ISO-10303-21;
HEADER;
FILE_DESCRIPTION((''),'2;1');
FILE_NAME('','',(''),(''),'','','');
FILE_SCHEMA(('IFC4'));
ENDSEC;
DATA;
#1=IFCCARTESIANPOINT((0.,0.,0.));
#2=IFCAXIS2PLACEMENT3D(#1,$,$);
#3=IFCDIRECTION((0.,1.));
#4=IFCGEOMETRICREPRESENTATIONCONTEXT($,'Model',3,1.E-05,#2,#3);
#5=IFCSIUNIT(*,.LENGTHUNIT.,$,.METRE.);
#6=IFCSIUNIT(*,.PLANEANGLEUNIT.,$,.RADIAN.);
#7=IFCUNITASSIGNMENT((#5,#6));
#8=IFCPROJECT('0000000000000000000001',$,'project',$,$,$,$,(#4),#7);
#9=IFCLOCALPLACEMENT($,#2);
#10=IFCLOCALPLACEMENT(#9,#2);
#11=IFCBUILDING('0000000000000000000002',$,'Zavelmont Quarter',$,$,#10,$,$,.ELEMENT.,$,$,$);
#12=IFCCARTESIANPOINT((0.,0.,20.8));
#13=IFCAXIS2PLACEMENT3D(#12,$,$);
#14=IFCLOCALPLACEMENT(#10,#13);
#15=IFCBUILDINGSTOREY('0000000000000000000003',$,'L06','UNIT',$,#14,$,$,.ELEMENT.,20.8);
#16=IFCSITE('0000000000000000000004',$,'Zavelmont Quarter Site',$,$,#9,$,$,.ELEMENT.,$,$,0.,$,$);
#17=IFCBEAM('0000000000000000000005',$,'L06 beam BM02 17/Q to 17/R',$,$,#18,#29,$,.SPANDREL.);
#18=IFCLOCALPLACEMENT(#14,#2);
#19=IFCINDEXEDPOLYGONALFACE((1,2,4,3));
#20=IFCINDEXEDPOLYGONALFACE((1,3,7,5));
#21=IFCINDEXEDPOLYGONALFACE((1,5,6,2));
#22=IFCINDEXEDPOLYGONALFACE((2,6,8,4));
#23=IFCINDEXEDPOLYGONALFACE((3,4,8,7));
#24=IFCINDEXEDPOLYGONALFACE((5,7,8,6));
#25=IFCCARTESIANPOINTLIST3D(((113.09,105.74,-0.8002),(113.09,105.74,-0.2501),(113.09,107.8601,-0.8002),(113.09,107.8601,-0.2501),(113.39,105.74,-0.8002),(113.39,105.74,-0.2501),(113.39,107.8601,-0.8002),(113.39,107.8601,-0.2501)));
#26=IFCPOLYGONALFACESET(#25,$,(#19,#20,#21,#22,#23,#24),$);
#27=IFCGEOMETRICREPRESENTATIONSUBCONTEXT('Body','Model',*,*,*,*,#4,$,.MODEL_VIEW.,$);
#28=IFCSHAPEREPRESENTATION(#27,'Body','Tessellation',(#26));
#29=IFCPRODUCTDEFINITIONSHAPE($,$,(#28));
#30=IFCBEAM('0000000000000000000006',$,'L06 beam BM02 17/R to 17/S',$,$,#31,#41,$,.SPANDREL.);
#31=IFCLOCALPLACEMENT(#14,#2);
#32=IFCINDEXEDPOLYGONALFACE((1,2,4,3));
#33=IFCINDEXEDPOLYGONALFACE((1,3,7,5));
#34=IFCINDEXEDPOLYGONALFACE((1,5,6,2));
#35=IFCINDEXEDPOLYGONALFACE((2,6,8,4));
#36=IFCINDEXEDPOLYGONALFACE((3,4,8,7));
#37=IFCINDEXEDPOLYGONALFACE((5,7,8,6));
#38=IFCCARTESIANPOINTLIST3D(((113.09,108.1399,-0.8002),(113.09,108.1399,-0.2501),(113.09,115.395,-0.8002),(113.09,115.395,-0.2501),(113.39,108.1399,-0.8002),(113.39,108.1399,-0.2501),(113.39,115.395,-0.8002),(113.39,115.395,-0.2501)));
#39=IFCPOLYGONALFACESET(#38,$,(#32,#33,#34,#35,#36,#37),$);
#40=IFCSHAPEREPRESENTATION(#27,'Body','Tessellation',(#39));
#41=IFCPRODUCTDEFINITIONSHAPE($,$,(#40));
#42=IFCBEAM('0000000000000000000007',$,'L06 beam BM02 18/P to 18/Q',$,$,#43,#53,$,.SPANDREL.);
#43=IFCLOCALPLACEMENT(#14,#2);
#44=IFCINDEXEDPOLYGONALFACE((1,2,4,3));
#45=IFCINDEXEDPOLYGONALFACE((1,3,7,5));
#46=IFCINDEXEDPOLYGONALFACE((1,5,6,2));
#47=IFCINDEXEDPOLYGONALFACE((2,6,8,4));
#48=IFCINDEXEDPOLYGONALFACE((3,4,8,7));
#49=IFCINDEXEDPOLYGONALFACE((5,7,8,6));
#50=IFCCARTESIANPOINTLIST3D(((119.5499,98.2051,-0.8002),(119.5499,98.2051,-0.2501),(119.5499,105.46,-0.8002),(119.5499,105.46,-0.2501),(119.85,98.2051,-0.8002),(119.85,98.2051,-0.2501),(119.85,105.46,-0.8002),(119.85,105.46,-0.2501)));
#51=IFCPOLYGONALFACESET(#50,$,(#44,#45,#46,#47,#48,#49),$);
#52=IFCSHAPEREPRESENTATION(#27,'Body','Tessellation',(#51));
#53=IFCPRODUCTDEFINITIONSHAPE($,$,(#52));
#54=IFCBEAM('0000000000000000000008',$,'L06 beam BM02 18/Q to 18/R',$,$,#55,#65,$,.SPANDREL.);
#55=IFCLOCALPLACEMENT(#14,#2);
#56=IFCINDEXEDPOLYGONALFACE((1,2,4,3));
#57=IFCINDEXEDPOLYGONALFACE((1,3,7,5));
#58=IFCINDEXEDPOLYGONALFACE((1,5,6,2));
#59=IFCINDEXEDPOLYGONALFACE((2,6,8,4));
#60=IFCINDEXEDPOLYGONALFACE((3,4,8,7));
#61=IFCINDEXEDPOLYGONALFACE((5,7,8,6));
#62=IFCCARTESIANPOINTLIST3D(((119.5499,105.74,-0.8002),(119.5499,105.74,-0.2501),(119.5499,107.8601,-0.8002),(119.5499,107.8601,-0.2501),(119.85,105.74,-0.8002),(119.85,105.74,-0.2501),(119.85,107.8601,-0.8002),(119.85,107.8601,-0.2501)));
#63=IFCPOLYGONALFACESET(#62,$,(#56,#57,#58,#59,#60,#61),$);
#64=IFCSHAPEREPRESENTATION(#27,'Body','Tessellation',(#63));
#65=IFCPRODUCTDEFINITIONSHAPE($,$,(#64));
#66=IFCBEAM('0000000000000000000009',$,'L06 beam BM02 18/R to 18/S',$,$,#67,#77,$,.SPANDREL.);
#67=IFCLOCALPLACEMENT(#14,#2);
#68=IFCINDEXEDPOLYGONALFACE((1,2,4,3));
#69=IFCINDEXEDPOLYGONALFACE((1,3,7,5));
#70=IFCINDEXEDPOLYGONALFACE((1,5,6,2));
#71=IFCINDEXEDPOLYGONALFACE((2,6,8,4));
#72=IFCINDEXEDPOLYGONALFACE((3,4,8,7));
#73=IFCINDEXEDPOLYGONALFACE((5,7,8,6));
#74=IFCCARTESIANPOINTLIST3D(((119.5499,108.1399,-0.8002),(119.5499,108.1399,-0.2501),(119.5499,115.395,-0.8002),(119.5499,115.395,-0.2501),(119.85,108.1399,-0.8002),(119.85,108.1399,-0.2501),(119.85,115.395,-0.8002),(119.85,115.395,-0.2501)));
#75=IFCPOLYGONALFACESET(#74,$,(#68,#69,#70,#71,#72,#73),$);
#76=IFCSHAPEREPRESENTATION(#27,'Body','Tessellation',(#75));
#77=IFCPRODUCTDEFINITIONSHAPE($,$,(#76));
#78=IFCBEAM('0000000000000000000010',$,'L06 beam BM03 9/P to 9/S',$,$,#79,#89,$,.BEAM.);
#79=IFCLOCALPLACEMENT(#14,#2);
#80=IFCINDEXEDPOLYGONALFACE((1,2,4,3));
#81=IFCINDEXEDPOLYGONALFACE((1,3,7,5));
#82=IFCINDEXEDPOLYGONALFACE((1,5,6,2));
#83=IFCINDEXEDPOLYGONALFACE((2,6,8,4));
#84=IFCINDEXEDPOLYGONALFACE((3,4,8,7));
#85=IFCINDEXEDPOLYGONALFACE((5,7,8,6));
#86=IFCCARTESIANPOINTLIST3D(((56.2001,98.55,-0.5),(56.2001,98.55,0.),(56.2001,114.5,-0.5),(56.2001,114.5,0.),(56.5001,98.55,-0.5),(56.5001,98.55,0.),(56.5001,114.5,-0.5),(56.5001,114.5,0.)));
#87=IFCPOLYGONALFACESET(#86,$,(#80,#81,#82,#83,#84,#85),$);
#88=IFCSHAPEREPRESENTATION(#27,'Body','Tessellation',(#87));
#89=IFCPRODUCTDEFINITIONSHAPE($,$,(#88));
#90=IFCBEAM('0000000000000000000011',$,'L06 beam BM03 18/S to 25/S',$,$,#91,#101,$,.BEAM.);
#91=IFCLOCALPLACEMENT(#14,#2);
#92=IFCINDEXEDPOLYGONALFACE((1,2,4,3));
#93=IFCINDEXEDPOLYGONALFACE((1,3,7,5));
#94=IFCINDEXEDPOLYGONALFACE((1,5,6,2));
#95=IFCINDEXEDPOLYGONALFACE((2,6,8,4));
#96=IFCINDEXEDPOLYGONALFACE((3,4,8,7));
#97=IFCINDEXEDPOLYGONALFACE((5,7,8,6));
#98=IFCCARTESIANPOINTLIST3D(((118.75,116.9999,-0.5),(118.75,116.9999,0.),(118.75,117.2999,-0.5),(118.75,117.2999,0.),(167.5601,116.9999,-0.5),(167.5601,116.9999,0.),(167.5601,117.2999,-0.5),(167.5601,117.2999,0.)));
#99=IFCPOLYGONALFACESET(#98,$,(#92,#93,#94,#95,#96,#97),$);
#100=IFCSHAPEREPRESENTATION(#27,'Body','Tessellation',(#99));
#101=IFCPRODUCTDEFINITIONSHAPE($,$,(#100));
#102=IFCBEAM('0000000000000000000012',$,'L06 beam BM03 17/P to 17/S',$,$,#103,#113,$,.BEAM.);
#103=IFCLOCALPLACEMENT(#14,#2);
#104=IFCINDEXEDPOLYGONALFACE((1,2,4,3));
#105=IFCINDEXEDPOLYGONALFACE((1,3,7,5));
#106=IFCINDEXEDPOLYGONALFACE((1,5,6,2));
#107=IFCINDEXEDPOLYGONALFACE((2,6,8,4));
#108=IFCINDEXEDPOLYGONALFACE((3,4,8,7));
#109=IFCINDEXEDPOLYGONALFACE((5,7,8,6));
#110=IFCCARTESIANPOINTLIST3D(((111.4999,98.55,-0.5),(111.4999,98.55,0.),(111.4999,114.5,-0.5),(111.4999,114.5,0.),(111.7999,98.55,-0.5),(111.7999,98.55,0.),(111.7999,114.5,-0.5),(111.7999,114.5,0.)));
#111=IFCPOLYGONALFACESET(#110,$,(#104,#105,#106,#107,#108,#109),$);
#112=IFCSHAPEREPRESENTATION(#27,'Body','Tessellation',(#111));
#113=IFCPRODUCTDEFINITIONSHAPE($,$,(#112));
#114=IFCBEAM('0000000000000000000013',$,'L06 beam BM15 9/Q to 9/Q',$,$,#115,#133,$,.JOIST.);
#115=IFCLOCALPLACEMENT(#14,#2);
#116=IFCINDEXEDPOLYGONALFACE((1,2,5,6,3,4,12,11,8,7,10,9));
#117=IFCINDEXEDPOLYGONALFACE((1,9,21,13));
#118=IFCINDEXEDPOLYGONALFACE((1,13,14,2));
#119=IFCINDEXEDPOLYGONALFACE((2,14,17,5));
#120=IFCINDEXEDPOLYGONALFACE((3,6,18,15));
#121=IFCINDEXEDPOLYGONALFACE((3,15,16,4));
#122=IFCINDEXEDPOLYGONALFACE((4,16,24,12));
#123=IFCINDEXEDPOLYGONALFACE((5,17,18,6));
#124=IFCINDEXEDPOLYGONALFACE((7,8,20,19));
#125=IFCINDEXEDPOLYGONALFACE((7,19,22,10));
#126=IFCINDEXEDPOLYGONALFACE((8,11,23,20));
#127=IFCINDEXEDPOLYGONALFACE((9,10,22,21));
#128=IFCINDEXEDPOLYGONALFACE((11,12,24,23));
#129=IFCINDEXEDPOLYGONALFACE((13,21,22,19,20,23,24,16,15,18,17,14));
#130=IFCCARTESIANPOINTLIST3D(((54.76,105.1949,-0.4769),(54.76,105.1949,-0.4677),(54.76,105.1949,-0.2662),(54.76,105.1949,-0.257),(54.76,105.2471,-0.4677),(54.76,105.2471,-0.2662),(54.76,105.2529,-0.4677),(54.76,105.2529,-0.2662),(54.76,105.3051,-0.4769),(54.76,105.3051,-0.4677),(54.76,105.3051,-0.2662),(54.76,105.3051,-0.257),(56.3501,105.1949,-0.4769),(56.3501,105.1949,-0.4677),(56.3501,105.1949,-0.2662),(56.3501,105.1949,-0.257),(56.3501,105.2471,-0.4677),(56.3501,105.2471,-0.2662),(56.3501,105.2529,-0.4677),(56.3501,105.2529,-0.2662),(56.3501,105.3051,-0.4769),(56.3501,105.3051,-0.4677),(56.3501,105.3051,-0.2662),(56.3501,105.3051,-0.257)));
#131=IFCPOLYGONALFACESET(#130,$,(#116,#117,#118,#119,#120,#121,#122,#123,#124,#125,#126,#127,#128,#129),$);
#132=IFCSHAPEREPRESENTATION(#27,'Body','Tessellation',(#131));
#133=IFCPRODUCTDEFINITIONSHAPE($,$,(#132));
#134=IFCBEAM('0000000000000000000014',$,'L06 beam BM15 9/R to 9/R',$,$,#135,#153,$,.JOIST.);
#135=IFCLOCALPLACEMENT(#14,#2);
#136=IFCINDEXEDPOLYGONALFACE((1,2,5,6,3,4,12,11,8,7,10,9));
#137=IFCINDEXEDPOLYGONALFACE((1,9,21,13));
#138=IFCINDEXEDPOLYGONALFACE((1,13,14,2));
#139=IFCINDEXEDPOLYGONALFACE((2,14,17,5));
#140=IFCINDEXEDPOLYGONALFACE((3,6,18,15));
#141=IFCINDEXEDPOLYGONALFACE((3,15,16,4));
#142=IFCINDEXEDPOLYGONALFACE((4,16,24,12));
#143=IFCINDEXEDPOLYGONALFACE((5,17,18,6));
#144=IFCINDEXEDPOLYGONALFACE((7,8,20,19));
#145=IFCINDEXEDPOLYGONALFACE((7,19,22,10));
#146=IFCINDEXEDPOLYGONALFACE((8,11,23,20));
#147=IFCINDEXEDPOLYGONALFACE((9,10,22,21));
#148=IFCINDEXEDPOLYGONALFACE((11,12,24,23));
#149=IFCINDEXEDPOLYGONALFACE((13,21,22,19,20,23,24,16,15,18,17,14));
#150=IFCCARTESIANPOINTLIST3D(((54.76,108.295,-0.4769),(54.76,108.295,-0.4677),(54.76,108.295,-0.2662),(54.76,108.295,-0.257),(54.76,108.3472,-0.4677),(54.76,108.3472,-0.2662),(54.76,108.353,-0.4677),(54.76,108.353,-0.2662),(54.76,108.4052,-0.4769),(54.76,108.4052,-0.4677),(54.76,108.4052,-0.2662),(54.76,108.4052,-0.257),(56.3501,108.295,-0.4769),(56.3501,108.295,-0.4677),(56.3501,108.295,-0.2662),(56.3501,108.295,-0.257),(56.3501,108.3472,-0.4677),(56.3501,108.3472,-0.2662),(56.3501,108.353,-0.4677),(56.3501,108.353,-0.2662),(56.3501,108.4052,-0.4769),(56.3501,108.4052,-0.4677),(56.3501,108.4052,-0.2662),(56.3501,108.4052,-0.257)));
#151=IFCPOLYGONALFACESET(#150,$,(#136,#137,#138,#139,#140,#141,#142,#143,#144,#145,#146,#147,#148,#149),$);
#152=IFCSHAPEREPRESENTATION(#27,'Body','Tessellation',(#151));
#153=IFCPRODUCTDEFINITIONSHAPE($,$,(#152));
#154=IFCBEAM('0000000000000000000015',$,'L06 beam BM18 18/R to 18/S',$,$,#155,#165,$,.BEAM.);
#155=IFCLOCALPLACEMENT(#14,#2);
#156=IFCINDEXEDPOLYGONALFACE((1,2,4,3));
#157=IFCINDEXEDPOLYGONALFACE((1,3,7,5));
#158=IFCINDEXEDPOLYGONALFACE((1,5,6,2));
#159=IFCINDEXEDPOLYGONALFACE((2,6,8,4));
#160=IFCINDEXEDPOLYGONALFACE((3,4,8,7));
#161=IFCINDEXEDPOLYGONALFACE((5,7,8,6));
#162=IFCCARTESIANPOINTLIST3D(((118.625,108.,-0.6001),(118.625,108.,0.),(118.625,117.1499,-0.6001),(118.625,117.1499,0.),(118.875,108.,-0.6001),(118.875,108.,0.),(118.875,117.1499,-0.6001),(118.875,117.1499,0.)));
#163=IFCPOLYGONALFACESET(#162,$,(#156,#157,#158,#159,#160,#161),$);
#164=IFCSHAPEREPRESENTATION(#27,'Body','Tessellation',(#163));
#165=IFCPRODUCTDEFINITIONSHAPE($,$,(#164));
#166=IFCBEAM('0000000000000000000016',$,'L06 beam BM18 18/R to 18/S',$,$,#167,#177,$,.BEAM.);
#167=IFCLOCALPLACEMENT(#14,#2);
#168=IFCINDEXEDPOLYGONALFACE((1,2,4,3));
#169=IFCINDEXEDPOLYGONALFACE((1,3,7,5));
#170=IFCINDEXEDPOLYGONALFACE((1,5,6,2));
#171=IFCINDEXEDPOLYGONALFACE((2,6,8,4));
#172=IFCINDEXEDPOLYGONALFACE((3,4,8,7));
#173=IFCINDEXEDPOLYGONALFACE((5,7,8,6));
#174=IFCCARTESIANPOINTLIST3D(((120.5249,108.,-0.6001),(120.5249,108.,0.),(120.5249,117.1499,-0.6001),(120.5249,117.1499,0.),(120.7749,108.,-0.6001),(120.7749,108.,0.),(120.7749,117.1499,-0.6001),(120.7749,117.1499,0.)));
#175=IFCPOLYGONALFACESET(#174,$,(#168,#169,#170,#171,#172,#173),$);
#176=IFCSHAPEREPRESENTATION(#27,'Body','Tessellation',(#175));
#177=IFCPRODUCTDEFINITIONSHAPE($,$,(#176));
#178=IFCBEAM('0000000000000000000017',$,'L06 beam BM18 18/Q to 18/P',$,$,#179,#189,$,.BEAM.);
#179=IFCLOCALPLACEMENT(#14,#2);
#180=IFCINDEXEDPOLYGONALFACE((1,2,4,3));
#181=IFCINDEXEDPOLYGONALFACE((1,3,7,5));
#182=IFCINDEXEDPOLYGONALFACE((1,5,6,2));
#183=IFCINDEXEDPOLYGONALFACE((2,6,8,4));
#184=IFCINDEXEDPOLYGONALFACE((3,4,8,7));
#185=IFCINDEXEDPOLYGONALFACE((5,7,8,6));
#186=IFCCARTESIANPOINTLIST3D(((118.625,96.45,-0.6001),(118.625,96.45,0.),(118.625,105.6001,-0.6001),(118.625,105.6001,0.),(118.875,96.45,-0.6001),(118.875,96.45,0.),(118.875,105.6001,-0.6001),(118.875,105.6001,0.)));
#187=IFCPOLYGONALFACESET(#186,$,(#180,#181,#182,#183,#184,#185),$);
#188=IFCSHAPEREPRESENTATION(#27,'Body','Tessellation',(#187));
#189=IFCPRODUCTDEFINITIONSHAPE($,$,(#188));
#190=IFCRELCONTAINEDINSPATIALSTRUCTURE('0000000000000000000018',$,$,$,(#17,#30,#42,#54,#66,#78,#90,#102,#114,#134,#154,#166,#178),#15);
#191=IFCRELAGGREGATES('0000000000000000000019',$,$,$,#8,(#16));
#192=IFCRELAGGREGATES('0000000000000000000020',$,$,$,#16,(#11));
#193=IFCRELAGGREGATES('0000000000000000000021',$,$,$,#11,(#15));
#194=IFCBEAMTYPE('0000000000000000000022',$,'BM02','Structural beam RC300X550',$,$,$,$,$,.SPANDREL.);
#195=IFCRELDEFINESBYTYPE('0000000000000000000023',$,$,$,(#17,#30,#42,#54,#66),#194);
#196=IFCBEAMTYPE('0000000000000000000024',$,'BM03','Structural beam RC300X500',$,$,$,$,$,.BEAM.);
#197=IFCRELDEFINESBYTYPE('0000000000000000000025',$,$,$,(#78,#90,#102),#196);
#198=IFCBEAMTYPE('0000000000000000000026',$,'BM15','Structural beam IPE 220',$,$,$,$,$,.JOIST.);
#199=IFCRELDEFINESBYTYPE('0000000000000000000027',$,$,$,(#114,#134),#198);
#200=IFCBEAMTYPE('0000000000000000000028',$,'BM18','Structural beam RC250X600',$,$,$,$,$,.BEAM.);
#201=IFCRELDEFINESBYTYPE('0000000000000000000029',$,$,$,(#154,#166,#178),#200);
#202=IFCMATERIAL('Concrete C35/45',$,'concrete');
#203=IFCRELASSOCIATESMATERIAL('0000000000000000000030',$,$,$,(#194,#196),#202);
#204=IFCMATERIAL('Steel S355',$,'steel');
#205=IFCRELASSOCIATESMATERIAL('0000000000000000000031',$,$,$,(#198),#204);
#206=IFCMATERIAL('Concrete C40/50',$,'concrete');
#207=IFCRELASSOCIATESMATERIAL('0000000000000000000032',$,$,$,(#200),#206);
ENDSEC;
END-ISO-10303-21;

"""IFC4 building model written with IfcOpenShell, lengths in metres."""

from ifc_helpers import new_model, si_unit, direction, frame, origin, origin_2d, place, context, subcontext, project, spatial, rectangle, i_section, extrude, material, material_profile, profile_set, type_object, element, save


model = new_model("IFC4")

# Units and contexts
model_context = context("Model", 3, precision=1e-05, world=origin(), true_north=direction((0.0, 1.0)))
body_context = subcontext(model_context, "Body", "Model", "MODEL_VIEW")
ifc_project = project(units=[si_unit("LENGTHUNIT", "METRE"), si_unit("PLANEANGLEUNIT", "RADIAN")], contexts=[model_context])

# Site, building, storey
site_placement = place(None, origin())
site = spatial("IfcSite", under=ifc_project, at=site_placement, Name="Zavelmont Quarter Site", CompositionType="ELEMENT", RefElevation=0.0)
building_placement = place(site_placement, origin())
building = spatial("IfcBuilding", under=site, at=building_placement, Name="Zavelmont Quarter", CompositionType="ELEMENT")
storey_placement = place(building_placement, frame((0.0, 0.0, 20.8)))
storey = spatial("IfcBuildingStorey", under=building, at=storey_placement, Name="L06", Description="UNIT", CompositionType="ELEMENT", Elevation=20.8)

# Shared definitions
ifc_material_1 = material(Name="Concrete C35/45", Category="concrete")

# Beams
ifc_material_profile_1 = material_profile(ifc_material_1, rectangle(XDim=0.3, YDim=0.55, at=origin_2d()), Name="RC300X550")
ifc_profile_set_1 = profile_set([ifc_material_profile_1], Name="Concrete C35/45")
beam_type_1 = type_object("IfcBeamType", Name="BM02", Description="Structural beam RC300X550", PredefinedType="SPANDREL", material=ifc_profile_set_1)
beam_1_placement = place(storey_placement, frame((113.24, 105.74, -0.5251), z_axis=(0.0, 1.0, 0.0), x_axis=(-1.0, 0.0, 0.0)))
element("IfcBeam", 1, at=beam_1_placement, inside=storey, type_object=beam_type_1, Name="L06 beam BM02 17/Q to 17/R", PredefinedType="SPANDREL", context=body_context, shape_type="SweptSolid", body=[
    extrude(rectangle(XDim=0.3, YDim=0.55, at=origin_2d()), origin(), (0.0, 0.0, 1.0), 2.1201),
])
beam_2_placement = place(storey_placement, frame((113.24, 108.1399, -0.5251), z_axis=(0.0, 1.0, 0.0), x_axis=(-1.0, 0.0, 0.0)))
element("IfcBeam", 2, at=beam_2_placement, inside=storey, type_object=beam_type_1, Name="L06 beam BM02 17/R to 17/S", PredefinedType="SPANDREL", context=body_context, shape_type="SweptSolid", body=[
    extrude(rectangle(XDim=0.3, YDim=0.55, at=origin_2d()), origin(), (0.0, 0.0, 1.0), 7.2551),
])
beam_3_placement = place(storey_placement, frame((119.7, 98.2051, -0.5251), z_axis=(0.0, 1.0, 0.0), x_axis=(-1.0, 0.0, 0.0)))
element("IfcBeam", 3, at=beam_3_placement, inside=storey, type_object=beam_type_1, Name="L06 beam BM02 18/P to 18/Q", PredefinedType="SPANDREL", context=body_context, shape_type="SweptSolid", body=[
    extrude(rectangle(XDim=0.3, YDim=0.55, at=origin_2d()), origin(), (0.0, 0.0, 1.0), 7.2549),
])
beam_4_placement = place(storey_placement, frame((119.7, 105.74, -0.5251), z_axis=(0.0, 1.0, 0.0), x_axis=(-1.0, 0.0, 0.0)))
element("IfcBeam", 4, at=beam_4_placement, inside=storey, type_object=beam_type_1, Name="L06 beam BM02 18/Q to 18/R", PredefinedType="SPANDREL", context=body_context, shape_type="SweptSolid", body=[
    extrude(rectangle(XDim=0.3, YDim=0.55, at=origin_2d()), origin(), (0.0, 0.0, 1.0), 2.1201),
])
beam_5_placement = place(storey_placement, frame((119.7, 108.1399, -0.5251), z_axis=(0.0, 1.0, 0.0), x_axis=(-1.0, 0.0, 0.0)))
element("IfcBeam", 5, at=beam_5_placement, inside=storey, type_object=beam_type_1, Name="L06 beam BM02 18/R to 18/S", PredefinedType="SPANDREL", context=body_context, shape_type="SweptSolid", body=[
    extrude(rectangle(XDim=0.3, YDim=0.55, at=origin_2d()), origin(), (0.0, 0.0, 1.0), 7.2551),
])
ifc_material_profile_2 = material_profile(ifc_material_1, rectangle(XDim=0.3, YDim=0.5, at=origin_2d()), Name="RC300X500")
ifc_profile_set_2 = profile_set([ifc_material_profile_2], Name="Concrete C35/45")
beam_type_2 = type_object("IfcBeamType", Name="BM03", Description="Structural beam RC300X500", PredefinedType="BEAM", material=ifc_profile_set_2)
beam_6_placement = place(storey_placement, frame((56.3501, 98.55, -0.25), z_axis=(0.0, 1.0, 0.0), x_axis=(-1.0, 0.0, 0.0)))
element("IfcBeam", 6, at=beam_6_placement, inside=storey, type_object=beam_type_2, Name="L06 beam BM03 9/P to 9/S", PredefinedType="BEAM", context=body_context, shape_type="SweptSolid", body=[
    extrude(rectangle(XDim=0.3, YDim=0.5, at=origin_2d()), origin(), (0.0, 0.0, 1.0), 15.95),
])
beam_7_placement = place(storey_placement, frame((118.75, 117.1499, -0.25), z_axis=(1.0, 0.0, 0.0), x_axis=(0.0, 1.0, 0.0)))
element("IfcBeam", 7, at=beam_7_placement, inside=storey, type_object=beam_type_2, Name="L06 beam BM03 18/S to 25/S", PredefinedType="BEAM", context=body_context, shape_type="SweptSolid", body=[
    extrude(rectangle(XDim=0.3, YDim=0.5, at=origin_2d()), origin(), (0.0, 0.0, 1.0), 48.8101),
])
beam_8_placement = place(storey_placement, frame((111.6499, 98.55, -0.25), z_axis=(0.0, 1.0, 0.0), x_axis=(-1.0, 0.0, 0.0)))
element("IfcBeam", 8, at=beam_8_placement, inside=storey, type_object=beam_type_2, Name="L06 beam BM03 17/P to 17/S", PredefinedType="BEAM", context=body_context, shape_type="SweptSolid", body=[
    extrude(rectangle(XDim=0.3, YDim=0.5, at=origin_2d()), origin(), (0.0, 0.0, 1.0), 15.95),
])
ifc_material_2 = material(Name="Steel S355", Category="steel")
ifc_material_profile_3 = material_profile(ifc_material_2, i_section(OverallWidth=0.1101, OverallDepth=0.22, WebThickness=0.0059, FlangeThickness=0.0093, at=origin_2d()), Name="IPE 220")
ifc_profile_set_3 = profile_set([ifc_material_profile_3], Name="Steel S355")
beam_type_3 = type_object("IfcBeamType", Name="BM15", Description="Structural beam IPE 220", PredefinedType="JOIST", material=ifc_profile_set_3)
for number, where, z_axis, x_axis, name in (
    (9, (54.76, 105.25, -0.3669), (1.0, 0.0, 0.0), (0.0, 1.0, 0.0), "L06 beam BM15 9/Q to 9/Q"),
    (10, (54.76, 108.3501, -0.3669), (1.0, 0.0, 0.0), (0.0, 1.0, 0.0), "L06 beam BM15 9/R to 9/R"),
):
    element("IfcBeam", number, at=place(storey_placement, frame(where, z_axis=z_axis, x_axis=x_axis)), inside=storey, type_object=beam_type_3, Name=name, PredefinedType="JOIST", context=body_context, shape_type="SweptSolid", body=[
        extrude(i_section(OverallWidth=0.1101, OverallDepth=0.22, WebThickness=0.0059, FlangeThickness=0.0093, at=origin_2d()), origin(), (0.0, 0.0, 1.0), 1.5901),
    ])
ifc_material_3 = material(Name="Concrete C40/50", Category="concrete")
ifc_material_profile_4 = material_profile(ifc_material_3, rectangle(XDim=0.25, YDim=0.6001, at=origin_2d()), Name="RC250X600")
ifc_profile_set_4 = profile_set([ifc_material_profile_4], Name="Concrete C40/50")
beam_type_4 = type_object("IfcBeamType", Name="BM18", Description="Structural beam RC250X600", PredefinedType="BEAM", material=ifc_profile_set_4)
for number, where, z_axis, x_axis, name in (
    (11, (118.75, 108.0, -0.3), (0.0, 1.0, 0.0), (-1.0, 0.0, 0.0), "L06 beam BM18 18/R to 18/S"),
    (12, (120.6499, 108.0, -0.3), (0.0, 1.0, 0.0), (-1.0, 0.0, 0.0), "L06 beam BM18 18/R to 18/S"),
):
    element("IfcBeam", number, at=place(storey_placement, frame(where, z_axis=z_axis, x_axis=x_axis)), inside=storey, type_object=beam_type_4, Name=name, PredefinedType="BEAM", context=body_context, shape_type="SweptSolid", body=[
        extrude(rectangle(XDim=0.25, YDim=0.6001, at=origin_2d()), origin(), (0.0, 0.0, 1.0), 9.1499),
    ])
for number, where, z_axis, x_axis, name in (
    (13, (118.75, 105.6001, -0.3), (0.0, -1.0, 0.0), (1.0, 0.0, 0.0), "L06 beam BM18 18/Q to 18/P"),
):
    element("IfcBeam", number, at=place(storey_placement, frame(where, z_axis=z_axis, x_axis=x_axis)), inside=storey, type_object=beam_type_4, Name=name, PredefinedType="BEAM", context=body_context, shape_type="SweptSolid", body=[
        extrude(rectangle(XDim=0.25, YDim=0.6001, at=origin_2d()), origin(), (0.0, 0.0, 1.0), 9.1501),
    ])

save(model, "model.ifc")
